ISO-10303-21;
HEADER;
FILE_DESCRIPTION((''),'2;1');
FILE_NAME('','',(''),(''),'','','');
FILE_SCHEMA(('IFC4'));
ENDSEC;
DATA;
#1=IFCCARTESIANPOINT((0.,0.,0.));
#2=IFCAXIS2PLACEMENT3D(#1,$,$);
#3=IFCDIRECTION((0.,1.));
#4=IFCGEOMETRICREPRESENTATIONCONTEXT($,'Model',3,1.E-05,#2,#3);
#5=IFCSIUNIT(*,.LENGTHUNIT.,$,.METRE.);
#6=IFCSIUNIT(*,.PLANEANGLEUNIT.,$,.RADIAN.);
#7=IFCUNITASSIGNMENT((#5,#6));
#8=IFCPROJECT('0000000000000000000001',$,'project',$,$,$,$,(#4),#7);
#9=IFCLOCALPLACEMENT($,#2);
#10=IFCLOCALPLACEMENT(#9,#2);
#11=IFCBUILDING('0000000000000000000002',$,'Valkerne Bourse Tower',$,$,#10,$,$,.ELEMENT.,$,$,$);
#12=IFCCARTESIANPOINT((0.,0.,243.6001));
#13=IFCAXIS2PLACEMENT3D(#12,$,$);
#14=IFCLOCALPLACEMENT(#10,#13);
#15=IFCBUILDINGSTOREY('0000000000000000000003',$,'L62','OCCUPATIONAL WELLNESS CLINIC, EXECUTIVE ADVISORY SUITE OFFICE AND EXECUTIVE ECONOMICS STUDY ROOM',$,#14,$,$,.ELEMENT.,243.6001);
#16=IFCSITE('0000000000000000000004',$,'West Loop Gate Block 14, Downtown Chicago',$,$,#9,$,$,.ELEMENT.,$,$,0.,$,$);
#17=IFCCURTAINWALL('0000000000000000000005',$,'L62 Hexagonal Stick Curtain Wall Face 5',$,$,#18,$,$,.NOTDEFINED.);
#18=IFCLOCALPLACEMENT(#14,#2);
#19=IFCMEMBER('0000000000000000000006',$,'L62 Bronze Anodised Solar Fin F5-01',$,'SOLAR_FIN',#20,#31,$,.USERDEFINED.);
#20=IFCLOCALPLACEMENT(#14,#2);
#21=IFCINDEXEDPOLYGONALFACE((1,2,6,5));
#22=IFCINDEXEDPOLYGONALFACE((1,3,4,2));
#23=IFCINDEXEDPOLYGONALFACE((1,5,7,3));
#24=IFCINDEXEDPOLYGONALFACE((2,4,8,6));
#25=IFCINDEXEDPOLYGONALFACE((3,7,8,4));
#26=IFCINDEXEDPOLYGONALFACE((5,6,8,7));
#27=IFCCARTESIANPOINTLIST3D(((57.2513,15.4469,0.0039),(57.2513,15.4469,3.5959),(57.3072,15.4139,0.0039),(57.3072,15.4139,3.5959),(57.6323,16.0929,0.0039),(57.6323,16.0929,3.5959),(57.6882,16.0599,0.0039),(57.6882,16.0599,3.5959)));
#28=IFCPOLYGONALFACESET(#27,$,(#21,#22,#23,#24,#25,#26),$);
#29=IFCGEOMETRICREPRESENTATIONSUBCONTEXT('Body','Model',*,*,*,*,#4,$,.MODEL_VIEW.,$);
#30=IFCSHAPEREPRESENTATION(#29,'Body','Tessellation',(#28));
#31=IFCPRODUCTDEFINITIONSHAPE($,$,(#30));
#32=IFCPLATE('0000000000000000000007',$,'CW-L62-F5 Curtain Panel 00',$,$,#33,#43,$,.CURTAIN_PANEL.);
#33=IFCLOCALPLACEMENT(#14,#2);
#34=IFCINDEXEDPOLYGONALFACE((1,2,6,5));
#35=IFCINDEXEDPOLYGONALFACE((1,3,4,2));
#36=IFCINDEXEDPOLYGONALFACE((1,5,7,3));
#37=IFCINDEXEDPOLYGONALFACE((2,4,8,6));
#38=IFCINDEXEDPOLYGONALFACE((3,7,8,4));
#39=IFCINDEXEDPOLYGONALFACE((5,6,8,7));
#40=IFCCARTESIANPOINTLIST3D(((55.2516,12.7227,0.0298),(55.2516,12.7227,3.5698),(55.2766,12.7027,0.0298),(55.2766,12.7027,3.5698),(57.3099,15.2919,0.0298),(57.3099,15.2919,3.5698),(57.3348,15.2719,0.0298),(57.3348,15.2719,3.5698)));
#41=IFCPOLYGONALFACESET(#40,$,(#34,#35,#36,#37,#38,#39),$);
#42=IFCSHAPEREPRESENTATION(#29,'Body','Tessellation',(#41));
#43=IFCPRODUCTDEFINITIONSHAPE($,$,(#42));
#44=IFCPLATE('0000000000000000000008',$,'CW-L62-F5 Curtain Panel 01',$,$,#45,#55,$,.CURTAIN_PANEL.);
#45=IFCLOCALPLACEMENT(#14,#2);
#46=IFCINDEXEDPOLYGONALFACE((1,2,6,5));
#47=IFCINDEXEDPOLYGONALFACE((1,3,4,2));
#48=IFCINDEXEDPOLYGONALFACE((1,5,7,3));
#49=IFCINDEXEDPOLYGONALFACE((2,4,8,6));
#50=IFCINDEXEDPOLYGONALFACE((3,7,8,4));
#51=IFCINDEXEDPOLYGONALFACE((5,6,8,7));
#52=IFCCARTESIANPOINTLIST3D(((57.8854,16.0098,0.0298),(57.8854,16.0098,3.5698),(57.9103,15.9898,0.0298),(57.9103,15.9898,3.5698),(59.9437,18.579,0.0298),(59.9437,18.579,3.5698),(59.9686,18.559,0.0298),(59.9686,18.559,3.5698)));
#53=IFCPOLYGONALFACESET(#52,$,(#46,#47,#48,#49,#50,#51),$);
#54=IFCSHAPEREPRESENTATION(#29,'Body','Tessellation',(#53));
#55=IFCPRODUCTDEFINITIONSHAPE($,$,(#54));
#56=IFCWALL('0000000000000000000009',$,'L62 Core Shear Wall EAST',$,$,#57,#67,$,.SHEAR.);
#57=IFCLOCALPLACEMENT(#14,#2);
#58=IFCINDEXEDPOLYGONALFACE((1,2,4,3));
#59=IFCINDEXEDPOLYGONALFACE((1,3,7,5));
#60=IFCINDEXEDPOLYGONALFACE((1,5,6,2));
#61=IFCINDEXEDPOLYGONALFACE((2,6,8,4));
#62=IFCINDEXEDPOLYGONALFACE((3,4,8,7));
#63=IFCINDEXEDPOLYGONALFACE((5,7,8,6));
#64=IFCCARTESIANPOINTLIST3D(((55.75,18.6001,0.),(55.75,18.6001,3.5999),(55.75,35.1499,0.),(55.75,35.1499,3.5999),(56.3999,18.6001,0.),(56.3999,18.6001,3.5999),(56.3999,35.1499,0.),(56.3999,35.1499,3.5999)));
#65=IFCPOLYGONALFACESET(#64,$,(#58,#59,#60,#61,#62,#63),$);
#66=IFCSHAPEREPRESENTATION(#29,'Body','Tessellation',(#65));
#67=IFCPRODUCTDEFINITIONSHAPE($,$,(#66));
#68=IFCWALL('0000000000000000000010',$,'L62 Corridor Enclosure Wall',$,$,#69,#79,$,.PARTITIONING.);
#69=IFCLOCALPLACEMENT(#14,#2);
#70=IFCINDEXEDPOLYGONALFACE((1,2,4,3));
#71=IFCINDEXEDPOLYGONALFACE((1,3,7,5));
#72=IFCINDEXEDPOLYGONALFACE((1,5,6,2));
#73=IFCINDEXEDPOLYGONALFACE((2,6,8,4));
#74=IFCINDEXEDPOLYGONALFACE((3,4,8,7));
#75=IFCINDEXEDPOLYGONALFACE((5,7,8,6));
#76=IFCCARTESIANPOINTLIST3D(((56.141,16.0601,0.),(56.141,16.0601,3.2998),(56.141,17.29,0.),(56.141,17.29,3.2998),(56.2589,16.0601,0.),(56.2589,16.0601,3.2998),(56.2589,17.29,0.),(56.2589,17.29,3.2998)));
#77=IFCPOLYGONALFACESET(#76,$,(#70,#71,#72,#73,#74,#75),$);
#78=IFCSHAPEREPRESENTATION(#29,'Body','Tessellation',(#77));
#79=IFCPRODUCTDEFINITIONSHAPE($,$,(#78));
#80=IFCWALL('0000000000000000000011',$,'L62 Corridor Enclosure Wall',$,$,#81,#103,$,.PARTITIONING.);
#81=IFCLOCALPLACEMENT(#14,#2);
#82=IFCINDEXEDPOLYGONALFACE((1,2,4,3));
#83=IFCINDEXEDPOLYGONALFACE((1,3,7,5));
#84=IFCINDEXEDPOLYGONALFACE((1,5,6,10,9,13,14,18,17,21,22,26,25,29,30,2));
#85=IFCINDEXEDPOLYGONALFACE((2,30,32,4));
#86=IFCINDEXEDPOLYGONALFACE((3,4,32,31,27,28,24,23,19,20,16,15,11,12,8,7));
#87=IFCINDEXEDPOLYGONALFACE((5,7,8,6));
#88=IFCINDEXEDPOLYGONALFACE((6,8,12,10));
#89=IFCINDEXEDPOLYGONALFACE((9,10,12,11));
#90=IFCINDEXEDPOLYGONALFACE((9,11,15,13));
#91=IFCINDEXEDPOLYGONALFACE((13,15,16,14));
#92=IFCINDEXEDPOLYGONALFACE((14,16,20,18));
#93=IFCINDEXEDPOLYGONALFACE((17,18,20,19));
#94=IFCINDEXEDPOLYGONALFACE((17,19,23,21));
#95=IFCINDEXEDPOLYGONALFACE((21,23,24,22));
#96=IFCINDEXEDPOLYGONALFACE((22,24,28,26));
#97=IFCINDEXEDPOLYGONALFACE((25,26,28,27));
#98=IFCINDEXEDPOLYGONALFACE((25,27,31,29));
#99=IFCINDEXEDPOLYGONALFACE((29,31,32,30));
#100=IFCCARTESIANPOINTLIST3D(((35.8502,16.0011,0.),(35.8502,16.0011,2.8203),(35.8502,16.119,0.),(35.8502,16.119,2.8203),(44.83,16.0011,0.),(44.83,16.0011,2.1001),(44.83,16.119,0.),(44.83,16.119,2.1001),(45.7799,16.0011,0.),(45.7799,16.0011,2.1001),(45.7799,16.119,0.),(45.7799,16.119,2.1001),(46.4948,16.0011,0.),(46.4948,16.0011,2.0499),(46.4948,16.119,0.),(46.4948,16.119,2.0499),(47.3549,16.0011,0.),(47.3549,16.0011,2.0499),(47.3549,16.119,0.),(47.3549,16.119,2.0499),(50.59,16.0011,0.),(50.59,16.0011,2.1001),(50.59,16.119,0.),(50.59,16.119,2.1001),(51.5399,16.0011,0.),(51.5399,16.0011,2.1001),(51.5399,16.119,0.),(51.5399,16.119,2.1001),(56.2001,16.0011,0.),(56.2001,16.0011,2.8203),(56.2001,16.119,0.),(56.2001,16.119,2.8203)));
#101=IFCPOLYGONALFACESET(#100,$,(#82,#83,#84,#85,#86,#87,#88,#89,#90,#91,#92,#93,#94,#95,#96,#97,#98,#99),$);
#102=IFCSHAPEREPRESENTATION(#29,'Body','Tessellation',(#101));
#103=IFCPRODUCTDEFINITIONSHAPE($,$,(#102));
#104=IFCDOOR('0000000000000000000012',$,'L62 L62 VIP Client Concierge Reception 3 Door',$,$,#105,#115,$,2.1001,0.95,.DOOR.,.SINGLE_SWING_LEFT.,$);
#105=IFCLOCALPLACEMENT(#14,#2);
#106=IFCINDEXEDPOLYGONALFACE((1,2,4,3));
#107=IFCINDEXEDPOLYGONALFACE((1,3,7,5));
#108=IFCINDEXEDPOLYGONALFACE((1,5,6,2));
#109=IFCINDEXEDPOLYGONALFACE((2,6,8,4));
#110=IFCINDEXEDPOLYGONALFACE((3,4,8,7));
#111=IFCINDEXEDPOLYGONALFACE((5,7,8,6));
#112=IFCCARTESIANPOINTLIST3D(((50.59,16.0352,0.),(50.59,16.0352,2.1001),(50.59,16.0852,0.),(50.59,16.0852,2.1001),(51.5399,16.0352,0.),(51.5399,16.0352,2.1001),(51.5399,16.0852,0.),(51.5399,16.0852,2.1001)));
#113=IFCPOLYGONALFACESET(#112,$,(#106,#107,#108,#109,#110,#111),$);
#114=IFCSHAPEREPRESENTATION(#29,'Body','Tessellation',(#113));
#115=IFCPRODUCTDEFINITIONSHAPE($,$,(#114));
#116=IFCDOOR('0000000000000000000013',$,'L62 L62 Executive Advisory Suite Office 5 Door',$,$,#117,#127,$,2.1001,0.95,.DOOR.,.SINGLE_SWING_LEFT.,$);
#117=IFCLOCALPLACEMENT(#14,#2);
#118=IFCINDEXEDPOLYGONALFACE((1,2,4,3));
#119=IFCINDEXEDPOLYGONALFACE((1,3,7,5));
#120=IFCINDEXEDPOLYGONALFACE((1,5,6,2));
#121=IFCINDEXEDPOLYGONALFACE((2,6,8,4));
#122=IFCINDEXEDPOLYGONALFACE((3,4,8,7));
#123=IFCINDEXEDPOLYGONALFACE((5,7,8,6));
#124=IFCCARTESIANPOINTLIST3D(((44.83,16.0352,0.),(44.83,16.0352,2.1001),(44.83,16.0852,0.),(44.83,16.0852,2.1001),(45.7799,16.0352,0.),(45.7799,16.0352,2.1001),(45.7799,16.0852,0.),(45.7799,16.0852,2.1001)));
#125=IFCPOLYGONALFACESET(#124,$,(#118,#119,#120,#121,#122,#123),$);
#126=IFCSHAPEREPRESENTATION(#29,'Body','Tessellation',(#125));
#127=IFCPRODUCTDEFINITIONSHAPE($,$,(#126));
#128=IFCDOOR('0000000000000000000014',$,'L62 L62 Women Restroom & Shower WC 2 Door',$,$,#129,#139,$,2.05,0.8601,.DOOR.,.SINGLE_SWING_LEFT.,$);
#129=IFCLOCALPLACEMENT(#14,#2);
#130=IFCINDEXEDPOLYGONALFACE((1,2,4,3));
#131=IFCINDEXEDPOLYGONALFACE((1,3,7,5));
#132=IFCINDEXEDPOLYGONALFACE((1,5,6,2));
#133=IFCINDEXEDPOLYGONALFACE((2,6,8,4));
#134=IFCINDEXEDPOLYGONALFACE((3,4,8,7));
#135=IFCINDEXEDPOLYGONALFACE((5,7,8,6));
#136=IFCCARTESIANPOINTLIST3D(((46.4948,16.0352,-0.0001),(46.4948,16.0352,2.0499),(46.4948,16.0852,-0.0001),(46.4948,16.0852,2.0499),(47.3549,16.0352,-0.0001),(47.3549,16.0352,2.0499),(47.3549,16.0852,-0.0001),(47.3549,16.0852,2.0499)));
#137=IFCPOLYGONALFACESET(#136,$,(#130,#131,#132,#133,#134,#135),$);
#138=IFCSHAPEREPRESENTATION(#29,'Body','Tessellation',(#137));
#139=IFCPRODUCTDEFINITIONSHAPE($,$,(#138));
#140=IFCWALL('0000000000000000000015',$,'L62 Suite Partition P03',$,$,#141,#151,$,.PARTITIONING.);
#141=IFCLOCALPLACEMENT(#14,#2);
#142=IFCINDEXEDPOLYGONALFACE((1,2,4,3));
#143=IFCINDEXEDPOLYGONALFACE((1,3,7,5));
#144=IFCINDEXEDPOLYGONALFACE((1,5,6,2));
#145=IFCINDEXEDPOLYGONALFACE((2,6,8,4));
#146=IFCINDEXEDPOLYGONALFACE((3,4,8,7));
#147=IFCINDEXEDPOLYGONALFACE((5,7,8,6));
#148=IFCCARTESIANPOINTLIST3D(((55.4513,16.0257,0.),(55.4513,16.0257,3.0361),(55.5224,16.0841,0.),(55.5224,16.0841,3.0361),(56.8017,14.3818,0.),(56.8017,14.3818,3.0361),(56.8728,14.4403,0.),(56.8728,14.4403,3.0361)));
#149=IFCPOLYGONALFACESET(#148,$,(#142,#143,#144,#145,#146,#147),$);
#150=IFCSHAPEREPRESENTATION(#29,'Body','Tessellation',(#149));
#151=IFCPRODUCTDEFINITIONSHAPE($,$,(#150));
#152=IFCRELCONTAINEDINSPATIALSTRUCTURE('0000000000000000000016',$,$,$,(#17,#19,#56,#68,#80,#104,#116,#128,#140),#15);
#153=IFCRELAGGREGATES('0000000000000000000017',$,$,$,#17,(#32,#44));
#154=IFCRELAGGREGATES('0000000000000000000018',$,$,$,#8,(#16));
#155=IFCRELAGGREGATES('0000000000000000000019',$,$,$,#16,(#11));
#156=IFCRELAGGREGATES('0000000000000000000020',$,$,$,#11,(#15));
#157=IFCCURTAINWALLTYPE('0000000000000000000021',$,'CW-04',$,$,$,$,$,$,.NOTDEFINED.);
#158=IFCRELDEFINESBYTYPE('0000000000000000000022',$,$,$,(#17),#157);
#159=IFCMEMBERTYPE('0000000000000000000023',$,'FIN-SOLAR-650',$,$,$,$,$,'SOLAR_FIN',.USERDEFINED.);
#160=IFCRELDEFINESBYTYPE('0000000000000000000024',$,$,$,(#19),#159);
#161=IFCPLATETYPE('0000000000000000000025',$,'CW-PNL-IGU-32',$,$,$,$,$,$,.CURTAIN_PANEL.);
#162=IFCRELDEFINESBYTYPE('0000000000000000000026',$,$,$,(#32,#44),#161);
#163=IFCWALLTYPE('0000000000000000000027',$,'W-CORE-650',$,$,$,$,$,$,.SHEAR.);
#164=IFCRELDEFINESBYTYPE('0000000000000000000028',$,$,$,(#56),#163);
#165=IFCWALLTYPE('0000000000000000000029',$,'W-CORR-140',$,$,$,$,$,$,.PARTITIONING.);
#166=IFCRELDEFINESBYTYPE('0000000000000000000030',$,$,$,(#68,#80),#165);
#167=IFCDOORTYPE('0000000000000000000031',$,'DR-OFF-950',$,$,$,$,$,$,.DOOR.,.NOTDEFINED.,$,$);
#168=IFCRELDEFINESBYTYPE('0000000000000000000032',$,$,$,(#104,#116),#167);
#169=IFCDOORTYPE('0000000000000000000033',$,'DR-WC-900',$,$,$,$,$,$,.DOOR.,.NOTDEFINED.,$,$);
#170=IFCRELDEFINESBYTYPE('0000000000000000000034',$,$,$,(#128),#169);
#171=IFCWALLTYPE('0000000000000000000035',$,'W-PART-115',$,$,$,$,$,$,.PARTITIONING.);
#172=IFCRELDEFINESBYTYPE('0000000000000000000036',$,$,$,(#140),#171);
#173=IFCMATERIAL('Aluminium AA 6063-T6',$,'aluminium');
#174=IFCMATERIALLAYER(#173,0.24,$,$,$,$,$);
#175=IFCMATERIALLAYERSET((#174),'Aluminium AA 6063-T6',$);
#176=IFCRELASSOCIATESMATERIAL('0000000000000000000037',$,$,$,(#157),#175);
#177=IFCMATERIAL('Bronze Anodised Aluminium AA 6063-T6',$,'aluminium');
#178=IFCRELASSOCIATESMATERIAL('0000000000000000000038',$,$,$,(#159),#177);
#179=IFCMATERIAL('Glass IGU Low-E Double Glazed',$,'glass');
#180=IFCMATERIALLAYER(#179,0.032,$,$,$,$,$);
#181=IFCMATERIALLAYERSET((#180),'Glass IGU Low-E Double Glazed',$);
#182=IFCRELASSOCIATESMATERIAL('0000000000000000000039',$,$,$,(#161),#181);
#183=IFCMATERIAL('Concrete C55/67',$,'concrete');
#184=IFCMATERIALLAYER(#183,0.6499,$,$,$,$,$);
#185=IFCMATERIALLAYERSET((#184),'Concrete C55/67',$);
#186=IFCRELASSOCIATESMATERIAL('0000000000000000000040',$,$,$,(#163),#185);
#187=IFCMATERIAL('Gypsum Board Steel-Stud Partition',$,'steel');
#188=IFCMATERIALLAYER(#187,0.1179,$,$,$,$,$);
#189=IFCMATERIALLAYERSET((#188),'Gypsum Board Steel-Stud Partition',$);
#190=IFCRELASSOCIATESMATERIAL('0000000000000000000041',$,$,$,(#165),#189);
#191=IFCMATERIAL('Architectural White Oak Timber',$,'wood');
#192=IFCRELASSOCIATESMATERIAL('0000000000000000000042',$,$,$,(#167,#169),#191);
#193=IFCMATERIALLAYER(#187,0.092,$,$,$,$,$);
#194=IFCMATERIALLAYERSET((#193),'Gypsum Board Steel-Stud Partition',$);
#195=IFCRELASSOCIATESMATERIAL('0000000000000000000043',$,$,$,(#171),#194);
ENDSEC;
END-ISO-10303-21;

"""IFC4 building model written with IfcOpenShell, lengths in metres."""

from ifc_helpers import new_model, si_unit, direction, frame, frame_2d, origin, origin_2d, place, context, subcontext, project, spatial, rectangle, extrude, material, layer, layer_set, material_profile, profile_set, type_object, element, fill, aggregate, save


model = new_model("IFC4")

# Units and contexts
model_context = context("Model", 3, precision=1e-05, world=origin(), true_north=direction((0.0, 1.0)))
body_context = subcontext(model_context, "Body", "Model", "MODEL_VIEW")
ifc_project = project(units=[si_unit("LENGTHUNIT", "METRE"), si_unit("PLANEANGLEUNIT", "RADIAN")], contexts=[model_context])

# Site, building, storey
site_placement = place(None, origin())
site = spatial("IfcSite", under=ifc_project, at=site_placement, Name="West Loop Gate Block 14, Downtown Chicago", CompositionType="ELEMENT", RefElevation=0.0)
building_placement = place(site_placement, origin())
building = spatial("IfcBuilding", under=site, at=building_placement, Name="Valkerne Bourse Tower", CompositionType="ELEMENT")
storey_placement = place(building_placement, frame((0.0, 0.0, 243.6001)))
storey = spatial("IfcBuildingStorey", under=building, at=storey_placement, Name="L62", Description="OCCUPATIONAL WELLNESS CLINIC, EXECUTIVE ADVISORY SUITE OFFICE AND EXECUTIVE ECONOMICS STUDY ROOM", CompositionType="ELEMENT", Elevation=243.6001)

# Curtain wall
ifc_material_1 = material(Name="Aluminium AA 6063-T6", Category="aluminium")
ifc_layer_1 = layer(ifc_material_1, 0.24)
ifc_layer_set_1 = layer_set([ifc_layer_1], Name="Aluminium AA 6063-T6")
curtain_wall_type = type_object("IfcCurtainWallType", Name="CW-04", PredefinedType="NOTDEFINED", material=ifc_layer_set_1)
curtain_wall_placement = place(storey_placement, origin())
curtain_wall = element("IfcCurtainWall", 1, at=curtain_wall_placement, inside=storey, type_object=curtain_wall_type, Name="L62 Hexagonal Stick Curtain Wall Face 5", PredefinedType="NOTDEFINED")

# Member
ifc_material_2 = material(Name="Bronze Anodised Aluminium AA 6063-T6", Category="aluminium")
ifc_material_profile_1 = material_profile(ifc_material_2, rectangle(XDim=0.0649, YDim=0.75, at=origin_2d()), Name="FIN-65X750")
ifc_profile_set_1 = profile_set([ifc_material_profile_1], Name="Bronze Anodised Aluminium AA 6063-T6")
member_type_1 = type_object("IfcMemberType", Name="FIN-SOLAR-650", ElementType="SOLAR_FIN", PredefinedType="USERDEFINED", material=ifc_profile_set_1)
member_1_placement = place(storey_placement, frame((57.4697, 15.7534, 0.0039), z_axis=(0.0, 0.0, 1.0), x_axis=(0.861363, -0.50799, 0.0)))
element("IfcMember", 2, at=member_1_placement, inside=storey, type_object=member_type_1, Name="L62 Bronze Anodised Solar Fin F5-01", ObjectType="SOLAR_FIN", PredefinedType="USERDEFINED", context=body_context, shape_type="SweptSolid", body=[
    extrude(rectangle(XDim=0.0649, YDim=0.75, at=origin_2d()), origin(), (0.0, 0.0, 1.0), 3.592),
])

# Plates
ifc_material_3 = material(Name="Glass IGU Low-E Double Glazed", Category="glass")
ifc_layer_2 = layer(ifc_material_3, 0.032)
ifc_layer_set_2 = layer_set([ifc_layer_2], Name="Glass IGU Low-E Double Glazed")
plate_type = type_object("IfcPlateType", Name="CW-PNL-IGU-32", PredefinedType="CURTAIN_PANEL", material=ifc_layer_set_2)
plate_1_placement = place(storey_placement, frame((56.2932, 13.9973, 0.0298), z_axis=(0.0, 0.0, 1.0), x_axis=(0.625236, 0.780435, 0.0)))
plate_1 = element("IfcPlate", 3, at=plate_1_placement, type_object=plate_type, Name="CW-L62-F5 Curtain Panel 00", PredefinedType="CURTAIN_PANEL", context=body_context, shape_type="SweptSolid", body=[
    extrude(rectangle(XDim=3.292, YDim=0.032, at=origin_2d()), origin(), (0.0, 0.0, 1.0), 3.54),
])
plate_2_placement = place(storey_placement, frame((58.927, 17.2844, 0.0298), z_axis=(0.0, 0.0, 1.0), x_axis=(0.625236, 0.780435, 0.0)))
plate_2 = element("IfcPlate", 4, at=plate_2_placement, type_object=plate_type, Name="CW-L62-F5 Curtain Panel 01", PredefinedType="CURTAIN_PANEL", context=body_context, shape_type="SweptSolid", body=[
    extrude(rectangle(XDim=3.292, YDim=0.032, at=origin_2d()), origin(), (0.0, 0.0, 1.0), 3.54),
])
aggregate(curtain_wall, [plate_1, plate_2])

# Walls
ifc_material_4 = material(Name="Concrete C55/67", Category="concrete")
ifc_layer_3 = layer(ifc_material_4, 0.6499)
ifc_layer_set_3 = layer_set([ifc_layer_3], Name="Concrete C55/67")
wall_type_1 = type_object("IfcWallType", Name="W-CORE-650", PredefinedType="SHEAR", material=ifc_layer_set_3)
wall_1_placement = place(storey_placement, frame((56.075, 18.6001, 0.0), z_axis=(0.0, 0.0, 1.0), x_axis=(0.0, 1.0, 0.0)))
element("IfcWall", 5, at=wall_1_placement, inside=storey, type_object=wall_type_1, Name="L62 Core Shear Wall EAST", PredefinedType="SHEAR", context=body_context, shape_type="SweptSolid", body=[
    extrude(rectangle(XDim=16.5498, YDim=0.6499, at=frame_2d((8.2749, 0.0))), origin(), (0.0, 0.0, 1.0), 3.5999),
])
ifc_material_5 = material(Name="Gypsum Board Steel-Stud Partition", Category="steel")
ifc_layer_4 = layer(ifc_material_5, 0.1179)
ifc_layer_set_4 = layer_set([ifc_layer_4], Name="Gypsum Board Steel-Stud Partition")
wall_type_2 = type_object("IfcWallType", Name="W-CORR-140", PredefinedType="PARTITIONING", material=ifc_layer_set_4)
wall_2_placement = place(storey_placement, frame((56.2, 17.29, 0.0), z_axis=(0.0, 0.0, 1.0), x_axis=(0.0, -1.0, 0.0)))
element("IfcWall", 6, at=wall_2_placement, inside=storey, type_object=wall_type_2, Name="L62 Corridor Enclosure Wall", PredefinedType="PARTITIONING", context=body_context, shape_type="SweptSolid", body=[
    extrude(rectangle(XDim=1.23, YDim=0.1179, at=frame_2d((0.615, 0.0))), origin(), (0.0, 0.0, 1.0), 3.2998),
])

# Wall, openings, doors
wall_3_placement = place(storey_placement, frame((56.2, 16.0601, 0.0), z_axis=(0.0, 0.0, 1.0), x_axis=(-1.0, 0.0, 0.0)))
wall_3 = element("IfcWall", 7, at=wall_3_placement, inside=storey, type_object=wall_type_2, Name="L62 Corridor Enclosure Wall", PredefinedType="PARTITIONING", context=body_context, shape_type="SweptSolid", body=[
    extrude(rectangle(XDim=20.3499, YDim=0.1179, at=frame_2d((10.1748, 0.0))), origin(), (0.0, 0.0, 1.0), 2.8203),
])
opening_1_placement = place(wall_3_placement, frame((8.845, 0.0, 0.0)))
opening_1 = element("IfcOpeningElement", 8, at=opening_1_placement, cuts=wall_3, PredefinedType="OPENING", context=body_context, shape_type="SweptSolid", body=[
    extrude(rectangle(XDim=0.8601, YDim=2.05, at=frame_2d((0.4302, 1.0249))), frame((0.0, 0.0688, 0.0), z_axis=(0.0, -1.0, 0.0), x_axis=(1.0, 0.0, 0.0)), (0.0, 0.0, 1.0), 0.1379),
])
opening_2_placement = place(wall_3_placement, frame((4.6599, 0.0, 0.0)))
opening_2 = element("IfcOpeningElement", 9, at=opening_2_placement, cuts=wall_3, PredefinedType="OPENING", context=body_context, shape_type="SweptSolid", body=[
    extrude(rectangle(XDim=0.95, YDim=2.1001, at=frame_2d((0.4751, 1.05))), frame((0.0, 0.0688, 0.0), z_axis=(0.0, -1.0, 0.0), x_axis=(1.0, 0.0, 0.0)), (0.0, 0.0, 1.0), 0.1379),
])
opening_3_placement = place(wall_3_placement, frame((10.4199, 0.0, 0.0)))
opening_3 = element("IfcOpeningElement", 10, at=opening_3_placement, cuts=wall_3, PredefinedType="OPENING", context=body_context, shape_type="SweptSolid", body=[
    extrude(rectangle(XDim=0.95, YDim=2.1001, at=frame_2d((0.4751, 1.05))), frame((0.0, 0.0688, 0.0), z_axis=(0.0, -1.0, 0.0), x_axis=(1.0, 0.0, 0.0)), (0.0, 0.0, 1.0), 0.1379),
])
ifc_material_6 = material(Name="Architectural White Oak Timber", Category="wood")
door_type_1 = type_object("IfcDoorType", Name="DR-OFF-950", OperationType="NOTDEFINED", PredefinedType="DOOR", material=ifc_material_6)
door_1_placement = place(opening_2_placement, origin())
door_1 = element("IfcDoor", 11, at=door_1_placement, inside=storey, type_object=door_type_1, Name="L62 L62 VIP Client Concierge Reception 3 Door", OperationType="SINGLE_SWING_LEFT", OverallHeight=2.1001, OverallWidth=0.95, PredefinedType="DOOR", context=body_context, shape_type="SweptSolid", body=[
    extrude(rectangle(XDim=0.95, YDim=2.1001, at=frame_2d((0.4751, 1.05))), frame((0.0, 0.0249, 0.0), z_axis=(0.0, -1.0, 0.0), x_axis=(1.0, 0.0, 0.0)), (0.0, 0.0, 1.0), 0.05),
])
fill(opening_2, door_1)
door_2_placement = place(opening_3_placement, origin())
door_2 = element("IfcDoor", 12, at=door_2_placement, inside=storey, type_object=door_type_1, Name="L62 L62 Executive Advisory Suite Office 5 Door", OperationType="SINGLE_SWING_LEFT", OverallHeight=2.1001, OverallWidth=0.95, PredefinedType="DOOR", context=body_context, shape_type="SweptSolid", body=[
    extrude(rectangle(XDim=0.95, YDim=2.1001, at=frame_2d((0.4751, 1.05))), frame((0.0, 0.0249, 0.0), z_axis=(0.0, -1.0, 0.0), x_axis=(1.0, 0.0, 0.0)), (0.0, 0.0, 1.0), 0.05),
])
fill(opening_3, door_2)
door_type_2 = type_object("IfcDoorType", Name="DR-WC-900", OperationType="NOTDEFINED", PredefinedType="DOOR", material=ifc_material_6)
door_3_placement = place(opening_1_placement, origin())
door_3 = element("IfcDoor", 13, at=door_3_placement, inside=storey, type_object=door_type_2, Name="L62 L62 Women Restroom & Shower WC 2 Door", OperationType="SINGLE_SWING_LEFT", OverallHeight=2.05, OverallWidth=0.8601, PredefinedType="DOOR", context=body_context, shape_type="SweptSolid", body=[
    extrude(rectangle(XDim=0.8601, YDim=2.05, at=frame_2d((0.4302, 1.0249))), frame((0.0, 0.0249, 0.0), z_axis=(0.0, -1.0, 0.0), x_axis=(1.0, 0.0, 0.0)), (0.0, 0.0, 1.0), 0.05),
])
fill(opening_1, door_3)

# Wall
ifc_layer_5 = layer(ifc_material_5, 0.092)
ifc_layer_set_5 = layer_set([ifc_layer_5], Name="Gypsum Board Steel-Stud Partition")
wall_type_3 = type_object("IfcWallType", Name="W-PART-115", PredefinedType="PARTITIONING", material=ifc_layer_set_5)
wall_4_placement = place(storey_placement, frame((55.4868, 16.0549, 0.0), z_axis=(0.0, 0.0, 1.0), x_axis=(0.634761, -0.772708, 0.0)))
element("IfcWall", 14, at=wall_4_placement, inside=storey, type_object=wall_type_3, Name="L62 Suite Partition P03", PredefinedType="PARTITIONING", context=body_context, shape_type="SweptSolid", body=[
    extrude(rectangle(XDim=2.1274, YDim=0.092, at=frame_2d((1.0637, 0.0))), origin(), (0.0, 0.0, 1.0), 3.0361),
])

save(model, "model.ifc")
